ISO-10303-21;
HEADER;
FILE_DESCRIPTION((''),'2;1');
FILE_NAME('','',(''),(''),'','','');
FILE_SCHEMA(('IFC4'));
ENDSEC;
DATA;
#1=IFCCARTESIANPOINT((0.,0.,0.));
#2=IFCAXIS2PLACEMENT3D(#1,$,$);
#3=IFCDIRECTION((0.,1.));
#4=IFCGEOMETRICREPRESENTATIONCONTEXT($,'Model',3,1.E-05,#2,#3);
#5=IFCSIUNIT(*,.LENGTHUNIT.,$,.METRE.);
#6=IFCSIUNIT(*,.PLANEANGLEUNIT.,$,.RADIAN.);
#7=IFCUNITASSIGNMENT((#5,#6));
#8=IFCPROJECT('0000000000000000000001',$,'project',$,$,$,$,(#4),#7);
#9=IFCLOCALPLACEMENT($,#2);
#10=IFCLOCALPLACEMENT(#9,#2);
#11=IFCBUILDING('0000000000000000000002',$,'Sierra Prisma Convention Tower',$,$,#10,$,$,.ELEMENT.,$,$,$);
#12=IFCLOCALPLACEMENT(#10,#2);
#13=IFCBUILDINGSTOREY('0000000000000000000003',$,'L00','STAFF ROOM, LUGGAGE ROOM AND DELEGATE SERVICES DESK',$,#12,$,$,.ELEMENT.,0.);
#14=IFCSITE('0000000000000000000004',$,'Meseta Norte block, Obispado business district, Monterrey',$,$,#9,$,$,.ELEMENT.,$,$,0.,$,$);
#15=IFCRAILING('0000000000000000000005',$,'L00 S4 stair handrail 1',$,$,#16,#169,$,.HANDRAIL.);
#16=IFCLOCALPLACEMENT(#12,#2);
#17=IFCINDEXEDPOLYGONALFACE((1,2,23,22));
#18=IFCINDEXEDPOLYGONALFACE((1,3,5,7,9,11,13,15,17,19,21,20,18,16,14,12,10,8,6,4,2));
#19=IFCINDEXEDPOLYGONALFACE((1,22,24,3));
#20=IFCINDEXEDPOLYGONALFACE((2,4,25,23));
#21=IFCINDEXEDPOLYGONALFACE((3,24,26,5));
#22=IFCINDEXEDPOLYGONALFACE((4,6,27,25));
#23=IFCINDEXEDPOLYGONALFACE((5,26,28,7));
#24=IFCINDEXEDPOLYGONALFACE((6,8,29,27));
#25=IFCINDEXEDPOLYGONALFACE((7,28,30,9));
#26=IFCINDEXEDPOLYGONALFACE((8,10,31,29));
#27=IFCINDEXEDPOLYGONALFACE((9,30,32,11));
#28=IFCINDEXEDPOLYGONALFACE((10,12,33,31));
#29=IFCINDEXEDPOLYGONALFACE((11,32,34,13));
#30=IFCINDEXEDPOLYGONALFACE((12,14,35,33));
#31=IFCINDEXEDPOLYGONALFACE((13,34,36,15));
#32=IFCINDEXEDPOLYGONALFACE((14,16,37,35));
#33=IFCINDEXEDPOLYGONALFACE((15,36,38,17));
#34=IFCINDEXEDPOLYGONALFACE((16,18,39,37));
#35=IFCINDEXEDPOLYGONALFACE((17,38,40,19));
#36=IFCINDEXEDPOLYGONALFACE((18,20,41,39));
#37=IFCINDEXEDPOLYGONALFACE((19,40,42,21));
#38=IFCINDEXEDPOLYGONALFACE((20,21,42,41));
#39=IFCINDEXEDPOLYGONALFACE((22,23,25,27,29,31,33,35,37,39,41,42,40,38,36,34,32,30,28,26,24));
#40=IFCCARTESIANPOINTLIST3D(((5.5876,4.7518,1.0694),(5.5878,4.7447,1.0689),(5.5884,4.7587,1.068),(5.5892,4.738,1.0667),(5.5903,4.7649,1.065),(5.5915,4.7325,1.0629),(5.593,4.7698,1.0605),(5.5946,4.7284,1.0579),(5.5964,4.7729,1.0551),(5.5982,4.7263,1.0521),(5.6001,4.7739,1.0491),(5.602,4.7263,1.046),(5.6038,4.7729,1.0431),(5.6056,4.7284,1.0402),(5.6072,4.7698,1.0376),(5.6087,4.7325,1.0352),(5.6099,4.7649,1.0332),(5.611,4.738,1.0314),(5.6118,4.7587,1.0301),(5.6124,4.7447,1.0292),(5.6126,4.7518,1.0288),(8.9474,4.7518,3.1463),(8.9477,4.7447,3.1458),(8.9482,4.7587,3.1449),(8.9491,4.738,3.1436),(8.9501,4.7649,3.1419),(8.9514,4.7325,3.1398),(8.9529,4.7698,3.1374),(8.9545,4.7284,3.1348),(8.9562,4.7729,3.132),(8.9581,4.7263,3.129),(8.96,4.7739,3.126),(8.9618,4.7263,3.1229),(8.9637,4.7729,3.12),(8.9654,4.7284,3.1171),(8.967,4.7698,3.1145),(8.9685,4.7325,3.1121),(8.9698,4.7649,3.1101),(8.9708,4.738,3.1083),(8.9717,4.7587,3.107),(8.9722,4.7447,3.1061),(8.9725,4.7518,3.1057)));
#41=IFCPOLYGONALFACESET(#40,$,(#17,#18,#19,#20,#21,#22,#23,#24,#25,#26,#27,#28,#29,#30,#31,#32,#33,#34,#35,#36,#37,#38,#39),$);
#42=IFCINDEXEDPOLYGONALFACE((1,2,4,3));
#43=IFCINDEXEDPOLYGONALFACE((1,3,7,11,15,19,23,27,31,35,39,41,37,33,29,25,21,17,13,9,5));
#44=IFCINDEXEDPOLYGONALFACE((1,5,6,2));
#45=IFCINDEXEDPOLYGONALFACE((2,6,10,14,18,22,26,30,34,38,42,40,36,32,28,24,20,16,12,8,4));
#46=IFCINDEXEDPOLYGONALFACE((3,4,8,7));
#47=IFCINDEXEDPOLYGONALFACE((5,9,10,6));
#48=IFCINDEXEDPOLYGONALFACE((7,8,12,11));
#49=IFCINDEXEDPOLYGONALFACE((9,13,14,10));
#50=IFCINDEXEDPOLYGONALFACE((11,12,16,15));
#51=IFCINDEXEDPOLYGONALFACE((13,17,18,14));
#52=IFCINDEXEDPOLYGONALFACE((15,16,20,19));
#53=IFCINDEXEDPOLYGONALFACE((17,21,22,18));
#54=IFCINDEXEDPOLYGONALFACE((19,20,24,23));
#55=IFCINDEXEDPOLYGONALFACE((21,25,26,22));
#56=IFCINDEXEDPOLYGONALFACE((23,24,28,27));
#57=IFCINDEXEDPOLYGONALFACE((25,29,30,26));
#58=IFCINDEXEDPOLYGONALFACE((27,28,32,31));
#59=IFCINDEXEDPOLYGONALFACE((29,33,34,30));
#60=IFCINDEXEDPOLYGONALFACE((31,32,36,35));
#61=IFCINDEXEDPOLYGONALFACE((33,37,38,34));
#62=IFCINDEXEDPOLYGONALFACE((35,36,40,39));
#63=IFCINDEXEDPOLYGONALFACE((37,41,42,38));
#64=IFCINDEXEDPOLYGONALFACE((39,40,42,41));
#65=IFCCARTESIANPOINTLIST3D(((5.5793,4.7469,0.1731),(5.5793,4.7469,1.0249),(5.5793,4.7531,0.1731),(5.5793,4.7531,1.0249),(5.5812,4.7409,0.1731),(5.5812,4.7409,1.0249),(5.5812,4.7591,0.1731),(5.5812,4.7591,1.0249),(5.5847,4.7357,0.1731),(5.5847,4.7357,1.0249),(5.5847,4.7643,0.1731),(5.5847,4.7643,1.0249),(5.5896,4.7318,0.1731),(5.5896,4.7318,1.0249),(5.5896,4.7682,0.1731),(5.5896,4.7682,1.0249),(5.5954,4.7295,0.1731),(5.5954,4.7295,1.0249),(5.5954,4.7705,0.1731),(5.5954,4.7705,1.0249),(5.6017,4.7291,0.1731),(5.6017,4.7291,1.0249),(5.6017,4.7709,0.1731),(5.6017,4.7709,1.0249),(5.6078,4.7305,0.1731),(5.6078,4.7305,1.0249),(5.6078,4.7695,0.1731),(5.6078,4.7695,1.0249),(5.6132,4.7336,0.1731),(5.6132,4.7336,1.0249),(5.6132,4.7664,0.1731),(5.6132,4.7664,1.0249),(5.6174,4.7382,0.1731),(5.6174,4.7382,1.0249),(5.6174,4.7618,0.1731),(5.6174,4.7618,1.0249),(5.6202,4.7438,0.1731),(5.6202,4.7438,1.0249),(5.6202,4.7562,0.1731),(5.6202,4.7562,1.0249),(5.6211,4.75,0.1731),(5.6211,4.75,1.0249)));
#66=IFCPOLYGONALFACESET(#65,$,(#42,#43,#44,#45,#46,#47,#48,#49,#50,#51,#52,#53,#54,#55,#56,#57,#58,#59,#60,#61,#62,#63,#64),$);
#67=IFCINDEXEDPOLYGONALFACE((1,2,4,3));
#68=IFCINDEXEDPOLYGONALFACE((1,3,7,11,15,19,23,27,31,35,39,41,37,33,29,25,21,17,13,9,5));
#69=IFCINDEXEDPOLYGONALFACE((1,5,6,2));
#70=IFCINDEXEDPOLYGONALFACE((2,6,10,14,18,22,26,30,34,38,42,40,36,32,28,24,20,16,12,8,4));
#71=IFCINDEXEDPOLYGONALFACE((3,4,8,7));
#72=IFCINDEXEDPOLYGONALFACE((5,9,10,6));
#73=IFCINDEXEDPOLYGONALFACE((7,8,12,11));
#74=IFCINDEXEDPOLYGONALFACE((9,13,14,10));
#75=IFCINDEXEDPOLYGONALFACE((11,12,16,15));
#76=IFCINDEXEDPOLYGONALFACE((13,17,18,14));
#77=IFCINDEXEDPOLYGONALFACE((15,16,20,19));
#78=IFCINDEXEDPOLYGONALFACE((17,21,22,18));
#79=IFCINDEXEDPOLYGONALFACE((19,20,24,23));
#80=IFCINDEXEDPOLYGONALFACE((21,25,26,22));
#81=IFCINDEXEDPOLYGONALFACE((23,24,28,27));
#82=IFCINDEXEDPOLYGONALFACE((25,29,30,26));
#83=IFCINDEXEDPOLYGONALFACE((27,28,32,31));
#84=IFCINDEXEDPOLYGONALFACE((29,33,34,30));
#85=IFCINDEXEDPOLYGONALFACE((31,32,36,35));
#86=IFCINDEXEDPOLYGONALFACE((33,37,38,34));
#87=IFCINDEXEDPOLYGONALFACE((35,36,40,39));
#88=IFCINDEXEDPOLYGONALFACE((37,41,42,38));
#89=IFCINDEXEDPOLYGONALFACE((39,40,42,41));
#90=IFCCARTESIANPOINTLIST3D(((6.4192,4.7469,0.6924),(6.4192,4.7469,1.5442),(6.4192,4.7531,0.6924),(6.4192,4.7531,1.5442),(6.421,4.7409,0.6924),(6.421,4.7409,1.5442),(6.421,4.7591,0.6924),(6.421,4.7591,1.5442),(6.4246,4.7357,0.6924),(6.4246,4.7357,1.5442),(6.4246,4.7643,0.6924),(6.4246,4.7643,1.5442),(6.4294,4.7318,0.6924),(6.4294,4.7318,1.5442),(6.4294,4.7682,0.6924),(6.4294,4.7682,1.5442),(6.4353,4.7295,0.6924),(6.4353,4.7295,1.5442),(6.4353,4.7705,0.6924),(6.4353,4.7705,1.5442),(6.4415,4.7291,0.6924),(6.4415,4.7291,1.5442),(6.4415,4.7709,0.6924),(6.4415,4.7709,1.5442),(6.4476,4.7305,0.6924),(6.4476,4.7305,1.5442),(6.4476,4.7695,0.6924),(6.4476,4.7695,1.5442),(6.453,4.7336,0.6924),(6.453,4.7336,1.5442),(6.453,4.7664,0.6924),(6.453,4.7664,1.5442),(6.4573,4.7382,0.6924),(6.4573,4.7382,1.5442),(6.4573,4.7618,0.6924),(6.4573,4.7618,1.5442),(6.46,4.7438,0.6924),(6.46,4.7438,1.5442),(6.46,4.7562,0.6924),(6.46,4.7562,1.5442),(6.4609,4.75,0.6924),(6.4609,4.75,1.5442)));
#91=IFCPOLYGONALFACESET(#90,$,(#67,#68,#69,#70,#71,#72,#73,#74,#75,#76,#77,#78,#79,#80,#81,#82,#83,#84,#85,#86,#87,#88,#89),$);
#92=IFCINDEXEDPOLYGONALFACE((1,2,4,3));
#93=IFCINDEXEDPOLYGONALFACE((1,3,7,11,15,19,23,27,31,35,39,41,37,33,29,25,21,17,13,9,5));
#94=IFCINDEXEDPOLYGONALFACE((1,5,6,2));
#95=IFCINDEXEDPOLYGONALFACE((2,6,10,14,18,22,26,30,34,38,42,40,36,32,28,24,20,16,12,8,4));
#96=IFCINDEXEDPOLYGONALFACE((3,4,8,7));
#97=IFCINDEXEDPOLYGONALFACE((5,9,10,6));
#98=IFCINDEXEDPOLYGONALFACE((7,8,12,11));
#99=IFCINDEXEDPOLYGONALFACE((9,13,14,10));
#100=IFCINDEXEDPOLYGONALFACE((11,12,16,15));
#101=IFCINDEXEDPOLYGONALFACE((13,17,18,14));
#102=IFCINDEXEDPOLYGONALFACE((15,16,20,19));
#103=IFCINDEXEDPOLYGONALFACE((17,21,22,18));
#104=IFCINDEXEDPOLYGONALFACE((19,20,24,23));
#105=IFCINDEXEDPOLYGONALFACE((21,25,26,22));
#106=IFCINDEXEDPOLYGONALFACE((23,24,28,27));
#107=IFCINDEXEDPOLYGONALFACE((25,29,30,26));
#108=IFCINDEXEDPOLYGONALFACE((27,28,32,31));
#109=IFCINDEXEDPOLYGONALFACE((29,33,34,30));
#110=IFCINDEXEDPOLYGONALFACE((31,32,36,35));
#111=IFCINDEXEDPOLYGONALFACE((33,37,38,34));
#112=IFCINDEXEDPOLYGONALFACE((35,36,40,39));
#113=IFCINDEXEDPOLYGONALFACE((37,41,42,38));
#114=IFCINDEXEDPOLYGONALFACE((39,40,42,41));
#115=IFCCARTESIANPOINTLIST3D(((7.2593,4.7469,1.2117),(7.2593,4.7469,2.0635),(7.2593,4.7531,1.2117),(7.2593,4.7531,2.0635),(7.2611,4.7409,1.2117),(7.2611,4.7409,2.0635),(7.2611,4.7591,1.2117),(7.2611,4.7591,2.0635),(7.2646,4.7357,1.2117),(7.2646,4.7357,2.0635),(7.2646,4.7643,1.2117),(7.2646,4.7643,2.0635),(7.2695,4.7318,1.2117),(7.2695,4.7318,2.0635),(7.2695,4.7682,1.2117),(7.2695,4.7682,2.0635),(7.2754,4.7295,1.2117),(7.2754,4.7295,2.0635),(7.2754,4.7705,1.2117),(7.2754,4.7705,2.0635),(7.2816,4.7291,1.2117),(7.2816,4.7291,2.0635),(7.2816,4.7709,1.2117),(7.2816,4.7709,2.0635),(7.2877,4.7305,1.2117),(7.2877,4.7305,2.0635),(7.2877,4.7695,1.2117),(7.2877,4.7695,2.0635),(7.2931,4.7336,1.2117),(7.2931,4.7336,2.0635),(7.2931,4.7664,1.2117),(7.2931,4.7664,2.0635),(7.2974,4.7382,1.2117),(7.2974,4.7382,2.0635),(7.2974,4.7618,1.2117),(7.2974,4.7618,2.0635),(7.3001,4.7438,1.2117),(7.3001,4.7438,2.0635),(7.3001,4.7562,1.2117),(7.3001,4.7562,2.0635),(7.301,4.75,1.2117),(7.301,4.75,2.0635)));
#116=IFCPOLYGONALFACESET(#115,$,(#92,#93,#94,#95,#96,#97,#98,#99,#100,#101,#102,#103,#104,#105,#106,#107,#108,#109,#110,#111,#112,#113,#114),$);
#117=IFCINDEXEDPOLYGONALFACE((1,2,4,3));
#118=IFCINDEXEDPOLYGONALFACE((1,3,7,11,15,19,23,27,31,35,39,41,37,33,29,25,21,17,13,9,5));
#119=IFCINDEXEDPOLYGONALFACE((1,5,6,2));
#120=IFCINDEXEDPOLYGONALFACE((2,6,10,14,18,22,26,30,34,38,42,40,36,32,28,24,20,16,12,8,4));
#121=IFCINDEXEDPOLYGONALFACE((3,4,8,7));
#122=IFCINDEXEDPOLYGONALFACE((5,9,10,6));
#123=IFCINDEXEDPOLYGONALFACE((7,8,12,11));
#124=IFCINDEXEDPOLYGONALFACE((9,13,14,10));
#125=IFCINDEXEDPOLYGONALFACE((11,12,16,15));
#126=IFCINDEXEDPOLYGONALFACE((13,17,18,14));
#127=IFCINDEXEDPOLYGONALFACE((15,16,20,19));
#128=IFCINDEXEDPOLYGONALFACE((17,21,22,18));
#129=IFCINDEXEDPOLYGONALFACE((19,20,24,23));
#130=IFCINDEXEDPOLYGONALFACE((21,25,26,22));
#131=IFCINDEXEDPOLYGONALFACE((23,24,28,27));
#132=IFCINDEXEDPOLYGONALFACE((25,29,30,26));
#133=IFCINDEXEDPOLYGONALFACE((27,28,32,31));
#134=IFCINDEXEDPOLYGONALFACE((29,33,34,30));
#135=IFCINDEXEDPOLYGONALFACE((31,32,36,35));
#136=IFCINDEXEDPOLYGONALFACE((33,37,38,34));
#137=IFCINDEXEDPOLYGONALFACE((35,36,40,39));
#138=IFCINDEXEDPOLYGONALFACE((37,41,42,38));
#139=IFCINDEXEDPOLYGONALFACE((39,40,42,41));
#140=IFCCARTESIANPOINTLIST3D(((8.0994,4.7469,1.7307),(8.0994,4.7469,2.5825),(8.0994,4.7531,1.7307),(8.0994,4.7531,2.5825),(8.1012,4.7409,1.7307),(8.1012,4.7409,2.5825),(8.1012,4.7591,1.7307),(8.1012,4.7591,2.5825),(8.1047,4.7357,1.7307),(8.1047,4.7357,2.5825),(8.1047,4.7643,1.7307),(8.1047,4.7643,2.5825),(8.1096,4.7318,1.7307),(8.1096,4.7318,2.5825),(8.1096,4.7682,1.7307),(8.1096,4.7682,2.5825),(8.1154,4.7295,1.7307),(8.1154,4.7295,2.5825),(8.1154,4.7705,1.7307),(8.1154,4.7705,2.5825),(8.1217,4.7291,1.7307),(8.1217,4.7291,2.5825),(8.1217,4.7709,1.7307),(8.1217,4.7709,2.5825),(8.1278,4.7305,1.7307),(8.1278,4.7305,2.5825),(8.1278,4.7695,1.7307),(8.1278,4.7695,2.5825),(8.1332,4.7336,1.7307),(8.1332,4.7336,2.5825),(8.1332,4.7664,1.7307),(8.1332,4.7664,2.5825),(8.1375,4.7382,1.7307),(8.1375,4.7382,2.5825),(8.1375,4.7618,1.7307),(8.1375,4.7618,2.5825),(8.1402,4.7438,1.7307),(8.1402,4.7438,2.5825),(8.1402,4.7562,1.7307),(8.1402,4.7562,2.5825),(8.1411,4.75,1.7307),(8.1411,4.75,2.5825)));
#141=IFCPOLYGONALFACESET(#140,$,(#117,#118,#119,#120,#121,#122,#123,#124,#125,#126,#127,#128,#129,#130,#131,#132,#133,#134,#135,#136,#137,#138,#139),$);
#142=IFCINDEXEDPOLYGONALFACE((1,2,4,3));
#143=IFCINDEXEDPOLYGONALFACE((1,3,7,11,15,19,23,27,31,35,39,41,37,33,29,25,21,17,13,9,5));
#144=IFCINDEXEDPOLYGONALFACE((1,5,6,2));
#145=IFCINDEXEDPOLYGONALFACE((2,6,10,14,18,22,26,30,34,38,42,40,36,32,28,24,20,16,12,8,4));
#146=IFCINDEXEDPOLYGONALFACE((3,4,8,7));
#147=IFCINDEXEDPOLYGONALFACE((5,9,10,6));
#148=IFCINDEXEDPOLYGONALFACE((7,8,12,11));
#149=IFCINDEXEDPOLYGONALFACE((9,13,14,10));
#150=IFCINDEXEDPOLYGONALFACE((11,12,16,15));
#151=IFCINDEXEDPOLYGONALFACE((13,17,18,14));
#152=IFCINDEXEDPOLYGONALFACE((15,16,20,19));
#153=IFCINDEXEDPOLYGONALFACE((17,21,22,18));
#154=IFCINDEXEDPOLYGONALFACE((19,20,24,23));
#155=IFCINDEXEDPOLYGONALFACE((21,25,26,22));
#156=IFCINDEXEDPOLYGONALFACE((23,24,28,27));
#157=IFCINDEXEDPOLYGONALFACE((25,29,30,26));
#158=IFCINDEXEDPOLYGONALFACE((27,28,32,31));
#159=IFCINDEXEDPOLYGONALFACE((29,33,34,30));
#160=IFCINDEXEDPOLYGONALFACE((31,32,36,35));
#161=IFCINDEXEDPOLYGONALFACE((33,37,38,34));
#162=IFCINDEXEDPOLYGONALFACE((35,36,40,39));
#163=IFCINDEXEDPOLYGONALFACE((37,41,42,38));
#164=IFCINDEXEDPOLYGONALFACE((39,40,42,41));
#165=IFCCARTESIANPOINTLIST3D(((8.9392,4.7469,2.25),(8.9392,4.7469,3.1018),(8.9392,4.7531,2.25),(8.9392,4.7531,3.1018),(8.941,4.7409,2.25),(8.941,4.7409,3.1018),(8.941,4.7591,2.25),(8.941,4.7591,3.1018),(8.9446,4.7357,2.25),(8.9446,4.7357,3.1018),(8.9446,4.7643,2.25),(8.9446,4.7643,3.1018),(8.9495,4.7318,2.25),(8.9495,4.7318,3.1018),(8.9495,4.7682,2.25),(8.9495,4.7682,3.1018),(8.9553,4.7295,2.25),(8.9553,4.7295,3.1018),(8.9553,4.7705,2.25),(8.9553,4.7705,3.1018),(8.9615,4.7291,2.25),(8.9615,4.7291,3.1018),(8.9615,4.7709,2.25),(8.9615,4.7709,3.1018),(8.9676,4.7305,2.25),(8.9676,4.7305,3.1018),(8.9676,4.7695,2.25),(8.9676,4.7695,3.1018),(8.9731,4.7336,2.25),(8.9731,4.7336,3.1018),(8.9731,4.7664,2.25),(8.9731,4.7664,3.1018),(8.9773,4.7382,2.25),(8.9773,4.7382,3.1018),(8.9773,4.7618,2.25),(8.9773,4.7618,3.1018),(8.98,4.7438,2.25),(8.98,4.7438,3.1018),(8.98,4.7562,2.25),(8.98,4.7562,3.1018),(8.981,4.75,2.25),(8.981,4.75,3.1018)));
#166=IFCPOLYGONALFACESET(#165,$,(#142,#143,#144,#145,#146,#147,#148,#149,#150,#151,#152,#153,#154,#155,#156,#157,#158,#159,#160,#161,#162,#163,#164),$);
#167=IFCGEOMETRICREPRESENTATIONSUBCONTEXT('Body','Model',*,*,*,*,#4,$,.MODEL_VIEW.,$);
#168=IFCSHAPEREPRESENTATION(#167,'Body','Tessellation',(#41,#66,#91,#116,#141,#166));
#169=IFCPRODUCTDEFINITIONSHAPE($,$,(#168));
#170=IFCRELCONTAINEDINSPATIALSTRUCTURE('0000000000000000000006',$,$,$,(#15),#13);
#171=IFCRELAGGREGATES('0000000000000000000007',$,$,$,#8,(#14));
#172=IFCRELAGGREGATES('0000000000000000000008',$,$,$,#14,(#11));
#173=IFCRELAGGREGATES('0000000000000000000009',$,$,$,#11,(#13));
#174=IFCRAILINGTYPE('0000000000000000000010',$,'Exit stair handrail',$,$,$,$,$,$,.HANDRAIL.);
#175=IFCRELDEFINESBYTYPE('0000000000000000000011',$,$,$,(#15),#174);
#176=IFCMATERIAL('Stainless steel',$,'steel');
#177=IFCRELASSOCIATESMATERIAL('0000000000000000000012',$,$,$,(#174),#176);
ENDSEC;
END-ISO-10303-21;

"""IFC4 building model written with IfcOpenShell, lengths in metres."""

from ifc_helpers import new_model, si_unit, direction, frame, origin, origin_2d, place, context, subcontext, project, spatial, circle, extrude, material, type_object, element, save


model = new_model("IFC4")

# Units and contexts
model_context = context("Model", 3, precision=1e-05, world=origin(), true_north=direction((0.0, 1.0)))
body_context = subcontext(model_context, "Body", "Model", "MODEL_VIEW")
ifc_project = project(units=[si_unit("LENGTHUNIT", "METRE"), si_unit("PLANEANGLEUNIT", "RADIAN")], contexts=[model_context])

# Site, building, storey
site_placement = place(None, origin())
site = spatial("IfcSite", under=ifc_project, at=site_placement, Name="Meseta Norte block, Obispado business district, Monterrey", CompositionType="ELEMENT", RefElevation=0.0)
building_placement = place(site_placement, origin())
building = spatial("IfcBuilding", under=site, at=building_placement, Name="Sierra Prisma Convention Tower", CompositionType="ELEMENT")
storey_placement = place(building_placement, origin())
storey = spatial("IfcBuildingStorey", under=building, at=storey_placement, Name="L00", Description="STAFF ROOM, LUGGAGE ROOM AND DELEGATE SERVICES DESK", CompositionType="ELEMENT", Elevation=0.0)

# Railing
ifc_material_1 = material(Name="Stainless steel", Category="steel")
railing_type = type_object("IfcRailingType", Name="Exit stair handrail", PredefinedType="HANDRAIL", material=ifc_material_1)
for number, where, name in (
    (1, (5.6001, 4.75, 0.1731), "L00 S4 stair handrail 1"),
):
    element("IfcRailing", number, at=place(storey_placement, frame(where)), inside=storey, type_object=railing_type, Name=name, PredefinedType="HANDRAIL", context=body_context, shape_type="SweptSolid", body=[
        extrude(circle(Radius=0.0239, at=origin_2d()), frame((0.0, 0.0, 0.876), z_axis=(0.850606, 0.0, 0.525803), x_axis=(0.0, 1.0, 0.0)), (0.0, 0.0, 1.0), 3.95),
        extrude(circle(Radius=0.021, at=origin_2d()), origin(), (0.0, 0.0, 1.0), 0.8518),
        extrude(circle(Radius=0.021, at=origin_2d()), frame((0.8398, 0.0, 0.5193)), (0.0, 0.0, 1.0), 0.8518),
        extrude(circle(Radius=0.021, at=origin_2d()), frame((1.6799, 0.0, 1.0386)), (0.0, 0.0, 1.0), 0.8518),
        extrude(circle(Radius=0.021, at=origin_2d()), frame((2.52, 0.0, 1.5576)), (0.0, 0.0, 1.0), 0.8518),
        extrude(circle(Radius=0.021, at=origin_2d()), frame((3.3599, 0.0, 2.0769)), (0.0, 0.0, 1.0), 0.8518),
    ])

save(model, "model.ifc")
